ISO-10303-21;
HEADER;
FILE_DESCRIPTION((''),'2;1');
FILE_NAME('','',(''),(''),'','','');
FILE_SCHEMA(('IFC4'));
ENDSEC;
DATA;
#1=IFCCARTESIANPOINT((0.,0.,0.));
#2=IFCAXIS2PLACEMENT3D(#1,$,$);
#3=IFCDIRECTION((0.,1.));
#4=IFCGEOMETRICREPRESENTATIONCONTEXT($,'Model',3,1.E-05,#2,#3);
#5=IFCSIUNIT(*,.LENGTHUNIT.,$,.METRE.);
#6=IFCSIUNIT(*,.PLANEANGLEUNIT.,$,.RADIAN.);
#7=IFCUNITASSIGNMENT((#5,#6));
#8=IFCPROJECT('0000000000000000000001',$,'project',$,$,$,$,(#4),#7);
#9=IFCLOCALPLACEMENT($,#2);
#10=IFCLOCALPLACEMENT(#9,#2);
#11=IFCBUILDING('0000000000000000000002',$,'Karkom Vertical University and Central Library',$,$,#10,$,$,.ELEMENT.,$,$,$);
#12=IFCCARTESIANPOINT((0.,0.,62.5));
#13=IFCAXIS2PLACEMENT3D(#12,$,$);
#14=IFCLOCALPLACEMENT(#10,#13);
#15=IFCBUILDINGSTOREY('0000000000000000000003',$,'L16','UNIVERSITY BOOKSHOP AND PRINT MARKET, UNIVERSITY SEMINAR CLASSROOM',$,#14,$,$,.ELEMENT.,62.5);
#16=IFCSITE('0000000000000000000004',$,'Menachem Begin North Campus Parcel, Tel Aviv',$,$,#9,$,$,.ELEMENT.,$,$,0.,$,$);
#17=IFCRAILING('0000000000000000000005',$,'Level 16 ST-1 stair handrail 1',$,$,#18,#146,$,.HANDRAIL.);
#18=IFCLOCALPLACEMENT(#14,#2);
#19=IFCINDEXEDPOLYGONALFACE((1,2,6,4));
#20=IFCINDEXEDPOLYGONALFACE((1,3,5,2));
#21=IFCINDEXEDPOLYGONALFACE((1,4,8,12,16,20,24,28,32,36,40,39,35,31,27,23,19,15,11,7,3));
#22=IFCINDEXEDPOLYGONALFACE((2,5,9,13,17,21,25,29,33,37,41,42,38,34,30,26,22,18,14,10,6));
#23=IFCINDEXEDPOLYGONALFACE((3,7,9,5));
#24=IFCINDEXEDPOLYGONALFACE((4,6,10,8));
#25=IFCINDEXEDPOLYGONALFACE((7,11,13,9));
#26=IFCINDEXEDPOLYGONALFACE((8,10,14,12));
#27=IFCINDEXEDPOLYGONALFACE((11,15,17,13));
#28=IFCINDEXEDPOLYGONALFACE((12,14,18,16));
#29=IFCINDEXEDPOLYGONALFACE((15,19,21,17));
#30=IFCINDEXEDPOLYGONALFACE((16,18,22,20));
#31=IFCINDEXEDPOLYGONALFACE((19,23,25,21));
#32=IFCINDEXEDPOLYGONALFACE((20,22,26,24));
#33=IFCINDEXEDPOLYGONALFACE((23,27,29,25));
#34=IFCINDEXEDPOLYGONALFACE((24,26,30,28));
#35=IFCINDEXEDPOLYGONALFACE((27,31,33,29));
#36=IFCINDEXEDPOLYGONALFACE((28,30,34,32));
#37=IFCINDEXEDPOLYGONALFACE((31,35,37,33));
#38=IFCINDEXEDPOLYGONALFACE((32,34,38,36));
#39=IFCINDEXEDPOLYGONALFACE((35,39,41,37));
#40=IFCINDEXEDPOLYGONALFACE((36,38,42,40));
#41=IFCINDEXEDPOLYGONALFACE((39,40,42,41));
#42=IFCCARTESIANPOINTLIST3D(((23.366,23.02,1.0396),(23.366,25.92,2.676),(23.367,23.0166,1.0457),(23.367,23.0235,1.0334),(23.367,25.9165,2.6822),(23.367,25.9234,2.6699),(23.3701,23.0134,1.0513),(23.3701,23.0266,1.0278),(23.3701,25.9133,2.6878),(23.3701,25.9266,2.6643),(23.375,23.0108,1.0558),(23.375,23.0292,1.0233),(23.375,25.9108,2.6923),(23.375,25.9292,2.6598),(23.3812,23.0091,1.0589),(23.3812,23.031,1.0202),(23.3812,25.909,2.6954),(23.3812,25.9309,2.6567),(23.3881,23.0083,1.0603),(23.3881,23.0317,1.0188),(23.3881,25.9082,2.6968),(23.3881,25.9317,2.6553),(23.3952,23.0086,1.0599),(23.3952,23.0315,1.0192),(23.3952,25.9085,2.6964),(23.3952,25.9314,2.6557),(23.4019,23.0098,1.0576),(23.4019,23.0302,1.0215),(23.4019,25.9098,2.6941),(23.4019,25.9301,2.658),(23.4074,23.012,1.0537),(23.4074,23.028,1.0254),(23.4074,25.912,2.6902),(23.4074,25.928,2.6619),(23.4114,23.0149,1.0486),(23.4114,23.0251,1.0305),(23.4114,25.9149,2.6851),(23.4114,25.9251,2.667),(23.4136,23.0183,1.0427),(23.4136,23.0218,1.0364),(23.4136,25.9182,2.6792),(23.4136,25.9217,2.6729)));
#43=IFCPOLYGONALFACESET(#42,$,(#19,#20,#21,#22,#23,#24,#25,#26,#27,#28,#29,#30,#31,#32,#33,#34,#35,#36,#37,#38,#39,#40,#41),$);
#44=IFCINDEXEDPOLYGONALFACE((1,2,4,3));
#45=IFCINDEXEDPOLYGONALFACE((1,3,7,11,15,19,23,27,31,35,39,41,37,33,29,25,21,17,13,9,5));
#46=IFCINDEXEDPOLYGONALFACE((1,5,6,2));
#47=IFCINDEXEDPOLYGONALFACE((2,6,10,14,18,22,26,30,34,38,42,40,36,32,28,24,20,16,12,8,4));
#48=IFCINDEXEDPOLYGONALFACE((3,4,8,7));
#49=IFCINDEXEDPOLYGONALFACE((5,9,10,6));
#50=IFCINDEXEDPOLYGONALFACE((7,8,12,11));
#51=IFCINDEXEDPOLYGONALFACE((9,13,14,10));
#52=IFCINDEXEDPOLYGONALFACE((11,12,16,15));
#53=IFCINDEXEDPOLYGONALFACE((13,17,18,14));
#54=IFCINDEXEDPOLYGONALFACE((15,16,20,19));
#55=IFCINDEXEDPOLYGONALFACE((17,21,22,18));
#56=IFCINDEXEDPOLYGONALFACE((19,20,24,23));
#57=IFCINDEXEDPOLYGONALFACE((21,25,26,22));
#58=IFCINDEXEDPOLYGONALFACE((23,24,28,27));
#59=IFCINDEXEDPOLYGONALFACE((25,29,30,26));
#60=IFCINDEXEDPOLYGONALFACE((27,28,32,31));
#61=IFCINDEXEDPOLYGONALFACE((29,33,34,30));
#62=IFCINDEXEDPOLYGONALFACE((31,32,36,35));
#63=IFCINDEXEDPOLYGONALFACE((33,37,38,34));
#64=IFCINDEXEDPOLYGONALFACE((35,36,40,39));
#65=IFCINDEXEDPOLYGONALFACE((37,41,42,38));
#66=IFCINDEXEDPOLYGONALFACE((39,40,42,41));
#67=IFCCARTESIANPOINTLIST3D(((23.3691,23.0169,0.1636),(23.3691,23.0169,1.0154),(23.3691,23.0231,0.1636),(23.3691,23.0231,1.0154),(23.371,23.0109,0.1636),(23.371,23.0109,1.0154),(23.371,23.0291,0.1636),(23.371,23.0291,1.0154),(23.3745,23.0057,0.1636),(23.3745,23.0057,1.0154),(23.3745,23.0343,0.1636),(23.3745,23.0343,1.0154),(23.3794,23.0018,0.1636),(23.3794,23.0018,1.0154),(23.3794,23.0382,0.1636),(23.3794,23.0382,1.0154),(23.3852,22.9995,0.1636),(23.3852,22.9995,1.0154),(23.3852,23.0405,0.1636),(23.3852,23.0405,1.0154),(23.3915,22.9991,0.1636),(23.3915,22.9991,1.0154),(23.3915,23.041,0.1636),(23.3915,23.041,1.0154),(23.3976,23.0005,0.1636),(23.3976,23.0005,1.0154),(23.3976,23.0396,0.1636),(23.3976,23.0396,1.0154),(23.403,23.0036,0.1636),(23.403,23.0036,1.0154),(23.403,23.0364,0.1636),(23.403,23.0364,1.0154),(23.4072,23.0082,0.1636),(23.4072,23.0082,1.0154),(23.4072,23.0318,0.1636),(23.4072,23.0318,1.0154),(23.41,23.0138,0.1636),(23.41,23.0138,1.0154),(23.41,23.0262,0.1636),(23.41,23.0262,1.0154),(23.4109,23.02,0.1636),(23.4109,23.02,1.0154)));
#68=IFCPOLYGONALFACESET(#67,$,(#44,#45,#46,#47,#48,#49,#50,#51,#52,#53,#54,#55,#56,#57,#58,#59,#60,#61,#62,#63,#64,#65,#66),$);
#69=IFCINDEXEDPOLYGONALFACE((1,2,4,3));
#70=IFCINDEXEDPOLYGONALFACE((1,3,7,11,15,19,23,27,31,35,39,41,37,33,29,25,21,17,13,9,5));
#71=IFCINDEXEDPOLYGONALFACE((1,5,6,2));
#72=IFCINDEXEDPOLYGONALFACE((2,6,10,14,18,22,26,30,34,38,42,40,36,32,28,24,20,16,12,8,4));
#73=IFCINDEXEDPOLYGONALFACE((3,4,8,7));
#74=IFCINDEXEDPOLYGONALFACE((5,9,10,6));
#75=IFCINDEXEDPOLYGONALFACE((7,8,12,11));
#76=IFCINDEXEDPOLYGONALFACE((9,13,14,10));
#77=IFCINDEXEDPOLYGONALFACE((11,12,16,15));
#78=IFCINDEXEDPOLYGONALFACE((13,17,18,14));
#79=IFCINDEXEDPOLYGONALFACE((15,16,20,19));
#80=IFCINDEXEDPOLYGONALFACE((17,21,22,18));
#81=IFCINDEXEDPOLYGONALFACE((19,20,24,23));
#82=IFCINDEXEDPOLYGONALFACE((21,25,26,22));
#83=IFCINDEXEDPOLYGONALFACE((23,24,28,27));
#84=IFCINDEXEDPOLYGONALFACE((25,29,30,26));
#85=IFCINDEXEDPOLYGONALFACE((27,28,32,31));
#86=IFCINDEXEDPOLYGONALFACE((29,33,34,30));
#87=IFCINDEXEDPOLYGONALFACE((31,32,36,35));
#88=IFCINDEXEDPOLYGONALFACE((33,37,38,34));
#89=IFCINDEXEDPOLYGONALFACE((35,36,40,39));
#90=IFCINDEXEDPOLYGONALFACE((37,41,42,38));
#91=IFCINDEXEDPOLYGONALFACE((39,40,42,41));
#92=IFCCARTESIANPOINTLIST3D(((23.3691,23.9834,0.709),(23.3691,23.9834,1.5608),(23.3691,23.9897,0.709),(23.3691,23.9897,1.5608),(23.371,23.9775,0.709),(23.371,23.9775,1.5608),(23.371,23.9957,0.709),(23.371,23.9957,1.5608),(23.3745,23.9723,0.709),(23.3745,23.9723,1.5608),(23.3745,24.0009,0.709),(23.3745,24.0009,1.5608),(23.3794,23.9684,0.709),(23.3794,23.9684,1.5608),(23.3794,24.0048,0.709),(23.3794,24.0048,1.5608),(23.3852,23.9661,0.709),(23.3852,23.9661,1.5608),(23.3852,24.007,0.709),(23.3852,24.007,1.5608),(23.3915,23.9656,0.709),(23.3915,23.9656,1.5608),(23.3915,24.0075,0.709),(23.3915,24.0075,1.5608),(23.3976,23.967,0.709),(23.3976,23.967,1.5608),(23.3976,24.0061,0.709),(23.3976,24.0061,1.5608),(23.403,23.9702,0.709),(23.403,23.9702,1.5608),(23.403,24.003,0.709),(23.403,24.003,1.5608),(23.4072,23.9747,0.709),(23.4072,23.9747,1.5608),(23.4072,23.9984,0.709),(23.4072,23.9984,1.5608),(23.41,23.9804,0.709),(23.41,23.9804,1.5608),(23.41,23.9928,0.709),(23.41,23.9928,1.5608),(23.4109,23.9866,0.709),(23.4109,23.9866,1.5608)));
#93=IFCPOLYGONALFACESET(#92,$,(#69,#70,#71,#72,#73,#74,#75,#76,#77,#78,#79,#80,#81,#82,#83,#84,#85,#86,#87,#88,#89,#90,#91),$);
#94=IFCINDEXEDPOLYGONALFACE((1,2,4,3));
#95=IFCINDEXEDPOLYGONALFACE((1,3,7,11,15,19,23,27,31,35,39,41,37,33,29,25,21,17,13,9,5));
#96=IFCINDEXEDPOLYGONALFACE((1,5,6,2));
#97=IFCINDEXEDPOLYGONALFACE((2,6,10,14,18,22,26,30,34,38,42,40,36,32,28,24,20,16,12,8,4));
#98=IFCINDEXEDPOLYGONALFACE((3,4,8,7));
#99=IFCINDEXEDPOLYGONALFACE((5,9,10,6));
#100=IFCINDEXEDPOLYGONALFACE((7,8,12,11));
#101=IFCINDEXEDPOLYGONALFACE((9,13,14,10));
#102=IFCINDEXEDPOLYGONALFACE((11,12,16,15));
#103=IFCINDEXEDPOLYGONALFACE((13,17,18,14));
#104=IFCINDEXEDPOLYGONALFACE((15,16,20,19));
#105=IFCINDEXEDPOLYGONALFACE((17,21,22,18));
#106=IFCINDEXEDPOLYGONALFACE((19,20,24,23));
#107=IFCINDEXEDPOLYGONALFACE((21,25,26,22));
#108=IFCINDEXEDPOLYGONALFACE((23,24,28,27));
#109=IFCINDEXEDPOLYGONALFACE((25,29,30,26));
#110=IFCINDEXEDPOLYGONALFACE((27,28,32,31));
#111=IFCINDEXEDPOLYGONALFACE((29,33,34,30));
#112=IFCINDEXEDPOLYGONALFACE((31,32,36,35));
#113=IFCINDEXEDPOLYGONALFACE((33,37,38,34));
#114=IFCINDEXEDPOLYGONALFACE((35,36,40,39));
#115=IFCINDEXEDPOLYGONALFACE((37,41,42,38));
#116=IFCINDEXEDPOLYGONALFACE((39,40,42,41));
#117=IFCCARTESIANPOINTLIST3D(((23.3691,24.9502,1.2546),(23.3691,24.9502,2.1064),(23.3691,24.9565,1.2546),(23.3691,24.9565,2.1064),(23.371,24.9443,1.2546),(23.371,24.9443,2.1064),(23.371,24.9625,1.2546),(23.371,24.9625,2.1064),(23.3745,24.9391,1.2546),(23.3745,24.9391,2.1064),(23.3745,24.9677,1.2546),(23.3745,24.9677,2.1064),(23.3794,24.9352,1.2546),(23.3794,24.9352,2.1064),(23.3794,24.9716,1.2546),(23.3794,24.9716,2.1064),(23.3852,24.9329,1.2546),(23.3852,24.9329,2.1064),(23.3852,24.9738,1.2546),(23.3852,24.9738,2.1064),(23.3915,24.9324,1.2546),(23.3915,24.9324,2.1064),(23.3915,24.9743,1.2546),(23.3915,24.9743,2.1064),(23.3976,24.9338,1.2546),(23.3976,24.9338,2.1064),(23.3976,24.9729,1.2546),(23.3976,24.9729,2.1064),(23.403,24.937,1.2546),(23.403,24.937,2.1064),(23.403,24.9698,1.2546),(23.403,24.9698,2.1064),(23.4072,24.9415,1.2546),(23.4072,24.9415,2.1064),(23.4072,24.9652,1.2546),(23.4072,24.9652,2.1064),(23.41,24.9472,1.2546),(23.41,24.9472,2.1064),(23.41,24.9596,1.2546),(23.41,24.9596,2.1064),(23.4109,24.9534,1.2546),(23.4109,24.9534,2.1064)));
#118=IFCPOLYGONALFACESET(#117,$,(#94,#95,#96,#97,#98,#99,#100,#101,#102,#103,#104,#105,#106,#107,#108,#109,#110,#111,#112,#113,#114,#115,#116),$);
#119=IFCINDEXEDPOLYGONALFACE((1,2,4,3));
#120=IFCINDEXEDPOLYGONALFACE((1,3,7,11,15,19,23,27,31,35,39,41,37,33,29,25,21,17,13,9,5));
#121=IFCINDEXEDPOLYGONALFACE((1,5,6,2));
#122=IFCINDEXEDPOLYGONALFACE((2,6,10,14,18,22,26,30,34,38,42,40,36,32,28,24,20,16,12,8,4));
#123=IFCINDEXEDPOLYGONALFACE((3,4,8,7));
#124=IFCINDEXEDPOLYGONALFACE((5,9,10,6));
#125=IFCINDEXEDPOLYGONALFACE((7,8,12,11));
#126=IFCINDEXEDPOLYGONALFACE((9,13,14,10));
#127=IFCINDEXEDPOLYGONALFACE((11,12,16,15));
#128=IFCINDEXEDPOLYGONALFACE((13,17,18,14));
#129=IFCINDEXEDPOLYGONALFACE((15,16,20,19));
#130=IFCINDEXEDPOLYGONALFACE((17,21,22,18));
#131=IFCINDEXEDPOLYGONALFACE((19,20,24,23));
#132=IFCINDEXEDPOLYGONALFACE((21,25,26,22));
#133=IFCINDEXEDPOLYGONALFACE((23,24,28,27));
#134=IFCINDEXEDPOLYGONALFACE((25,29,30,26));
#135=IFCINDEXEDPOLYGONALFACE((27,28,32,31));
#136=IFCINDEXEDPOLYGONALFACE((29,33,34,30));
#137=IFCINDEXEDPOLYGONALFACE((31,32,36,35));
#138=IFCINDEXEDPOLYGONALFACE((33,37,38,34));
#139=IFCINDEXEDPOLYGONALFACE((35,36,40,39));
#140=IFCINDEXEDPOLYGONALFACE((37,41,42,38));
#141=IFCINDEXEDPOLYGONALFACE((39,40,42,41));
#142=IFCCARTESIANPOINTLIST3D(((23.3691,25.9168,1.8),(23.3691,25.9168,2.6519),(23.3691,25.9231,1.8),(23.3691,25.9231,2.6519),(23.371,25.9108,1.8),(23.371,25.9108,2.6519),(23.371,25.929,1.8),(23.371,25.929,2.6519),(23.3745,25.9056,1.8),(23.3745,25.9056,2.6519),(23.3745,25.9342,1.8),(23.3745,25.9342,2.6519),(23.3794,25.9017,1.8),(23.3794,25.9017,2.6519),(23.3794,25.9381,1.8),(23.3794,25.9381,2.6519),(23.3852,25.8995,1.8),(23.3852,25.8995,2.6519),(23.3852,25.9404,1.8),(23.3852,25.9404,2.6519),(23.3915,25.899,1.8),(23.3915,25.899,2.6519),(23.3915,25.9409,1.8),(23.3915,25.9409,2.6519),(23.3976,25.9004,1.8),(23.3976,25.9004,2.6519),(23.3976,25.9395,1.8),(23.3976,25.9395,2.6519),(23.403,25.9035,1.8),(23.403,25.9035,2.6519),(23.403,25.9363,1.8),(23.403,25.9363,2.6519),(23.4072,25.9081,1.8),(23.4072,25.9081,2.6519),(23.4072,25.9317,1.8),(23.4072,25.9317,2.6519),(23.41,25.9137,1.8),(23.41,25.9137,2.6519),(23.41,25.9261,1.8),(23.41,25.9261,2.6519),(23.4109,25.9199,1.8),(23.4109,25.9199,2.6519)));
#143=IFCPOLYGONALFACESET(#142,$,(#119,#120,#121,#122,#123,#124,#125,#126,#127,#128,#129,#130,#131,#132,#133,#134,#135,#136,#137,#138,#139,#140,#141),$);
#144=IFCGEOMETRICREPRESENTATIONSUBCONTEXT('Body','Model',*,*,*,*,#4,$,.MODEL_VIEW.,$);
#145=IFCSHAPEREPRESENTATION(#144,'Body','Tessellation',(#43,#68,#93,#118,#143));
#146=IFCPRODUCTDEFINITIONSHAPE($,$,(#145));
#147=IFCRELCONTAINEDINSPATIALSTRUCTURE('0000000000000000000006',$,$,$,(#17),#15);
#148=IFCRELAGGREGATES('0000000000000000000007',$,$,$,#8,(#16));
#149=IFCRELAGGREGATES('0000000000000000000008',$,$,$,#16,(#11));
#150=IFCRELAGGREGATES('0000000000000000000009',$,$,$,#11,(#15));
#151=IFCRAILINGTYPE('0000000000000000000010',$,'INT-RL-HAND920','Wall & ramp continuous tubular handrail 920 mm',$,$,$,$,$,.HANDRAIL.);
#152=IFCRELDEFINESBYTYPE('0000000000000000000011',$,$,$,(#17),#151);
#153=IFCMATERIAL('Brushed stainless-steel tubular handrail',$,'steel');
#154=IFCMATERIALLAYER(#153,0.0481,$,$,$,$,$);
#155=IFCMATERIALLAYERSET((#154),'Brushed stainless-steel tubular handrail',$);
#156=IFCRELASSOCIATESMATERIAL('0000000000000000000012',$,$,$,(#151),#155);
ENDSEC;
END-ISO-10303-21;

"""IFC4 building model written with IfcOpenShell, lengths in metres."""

from ifc_helpers import new_model, si_unit, direction, frame, origin, origin_2d, place, context, subcontext, project, spatial, circle, extrude, material, layer, layer_set, type_object, element, save


model = new_model("IFC4")

# Units and contexts
model_context = context("Model", 3, precision=1e-05, world=origin(), true_north=direction((0.0, 1.0)))
body_context = subcontext(model_context, "Body", "Model", "MODEL_VIEW")
ifc_project = project(units=[si_unit("LENGTHUNIT", "METRE"), si_unit("PLANEANGLEUNIT", "RADIAN")], contexts=[model_context])

# Site, building, storey
site_placement = place(None, origin())
site = spatial("IfcSite", under=ifc_project, at=site_placement, Name="Menachem Begin North Campus Parcel, Tel Aviv", CompositionType="ELEMENT", RefElevation=0.0)
building_placement = place(site_placement, origin())
building = spatial("IfcBuilding", under=site, at=building_placement, Name="Karkom Vertical University and Central Library", CompositionType="ELEMENT")
storey_placement = place(building_placement, frame((0.0, 0.0, 62.5)))
storey = spatial("IfcBuildingStorey", under=building, at=storey_placement, Name="L16", Description="UNIVERSITY BOOKSHOP AND PRINT MARKET, UNIVERSITY SEMINAR CLASSROOM", CompositionType="ELEMENT", Elevation=62.5)

# Railing
ifc_material_1 = material(Name="Brushed stainless-steel tubular handrail", Category="steel")
ifc_layer_1 = layer(ifc_material_1, 0.0481)
ifc_layer_set_1 = layer_set([ifc_layer_1], Name="Brushed stainless-steel tubular handrail")
railing_type_1 = type_object("IfcRailingType", Name="INT-RL-HAND920", Description="Wall & ramp continuous tubular handrail 920 mm", PredefinedType="HANDRAIL", material=ifc_layer_set_1)
railing_1_placement = place(storey_placement, frame((23.3899, 23.02, 0.1636)))
element("IfcRailing", 1, at=railing_1_placement, inside=storey, type_object=railing_type_1, Name="Level 16 ST-1 stair handrail 1", PredefinedType="HANDRAIL", context=body_context, shape_type="SweptSolid", body=[
    extrude(circle(Radius=0.0239, at=origin_2d()), frame((0.0, 0.0, 0.876), z_axis=(0.0, 0.870897, 0.491465), x_axis=(-1.0, 0.0, 0.0)), (0.0, 0.0, 1.0), 3.3298),
    extrude(circle(Radius=0.021, at=origin_2d()), origin(), (0.0, 0.0, 1.0), 0.8518),
    extrude(circle(Radius=0.021, at=origin_2d()), frame((0.0, 0.9666, 0.5454)), (0.0, 0.0, 1.0), 0.8518),
    extrude(circle(Radius=0.021, at=origin_2d()), frame((0.0, 1.9333, 1.0911)), (0.0, 0.0, 1.0), 0.8518),
    extrude(circle(Radius=0.021, at=origin_2d()), frame((0.0, 2.8999, 1.6365)), (0.0, 0.0, 1.0), 0.8518),
])

save(model, "model.ifc")
